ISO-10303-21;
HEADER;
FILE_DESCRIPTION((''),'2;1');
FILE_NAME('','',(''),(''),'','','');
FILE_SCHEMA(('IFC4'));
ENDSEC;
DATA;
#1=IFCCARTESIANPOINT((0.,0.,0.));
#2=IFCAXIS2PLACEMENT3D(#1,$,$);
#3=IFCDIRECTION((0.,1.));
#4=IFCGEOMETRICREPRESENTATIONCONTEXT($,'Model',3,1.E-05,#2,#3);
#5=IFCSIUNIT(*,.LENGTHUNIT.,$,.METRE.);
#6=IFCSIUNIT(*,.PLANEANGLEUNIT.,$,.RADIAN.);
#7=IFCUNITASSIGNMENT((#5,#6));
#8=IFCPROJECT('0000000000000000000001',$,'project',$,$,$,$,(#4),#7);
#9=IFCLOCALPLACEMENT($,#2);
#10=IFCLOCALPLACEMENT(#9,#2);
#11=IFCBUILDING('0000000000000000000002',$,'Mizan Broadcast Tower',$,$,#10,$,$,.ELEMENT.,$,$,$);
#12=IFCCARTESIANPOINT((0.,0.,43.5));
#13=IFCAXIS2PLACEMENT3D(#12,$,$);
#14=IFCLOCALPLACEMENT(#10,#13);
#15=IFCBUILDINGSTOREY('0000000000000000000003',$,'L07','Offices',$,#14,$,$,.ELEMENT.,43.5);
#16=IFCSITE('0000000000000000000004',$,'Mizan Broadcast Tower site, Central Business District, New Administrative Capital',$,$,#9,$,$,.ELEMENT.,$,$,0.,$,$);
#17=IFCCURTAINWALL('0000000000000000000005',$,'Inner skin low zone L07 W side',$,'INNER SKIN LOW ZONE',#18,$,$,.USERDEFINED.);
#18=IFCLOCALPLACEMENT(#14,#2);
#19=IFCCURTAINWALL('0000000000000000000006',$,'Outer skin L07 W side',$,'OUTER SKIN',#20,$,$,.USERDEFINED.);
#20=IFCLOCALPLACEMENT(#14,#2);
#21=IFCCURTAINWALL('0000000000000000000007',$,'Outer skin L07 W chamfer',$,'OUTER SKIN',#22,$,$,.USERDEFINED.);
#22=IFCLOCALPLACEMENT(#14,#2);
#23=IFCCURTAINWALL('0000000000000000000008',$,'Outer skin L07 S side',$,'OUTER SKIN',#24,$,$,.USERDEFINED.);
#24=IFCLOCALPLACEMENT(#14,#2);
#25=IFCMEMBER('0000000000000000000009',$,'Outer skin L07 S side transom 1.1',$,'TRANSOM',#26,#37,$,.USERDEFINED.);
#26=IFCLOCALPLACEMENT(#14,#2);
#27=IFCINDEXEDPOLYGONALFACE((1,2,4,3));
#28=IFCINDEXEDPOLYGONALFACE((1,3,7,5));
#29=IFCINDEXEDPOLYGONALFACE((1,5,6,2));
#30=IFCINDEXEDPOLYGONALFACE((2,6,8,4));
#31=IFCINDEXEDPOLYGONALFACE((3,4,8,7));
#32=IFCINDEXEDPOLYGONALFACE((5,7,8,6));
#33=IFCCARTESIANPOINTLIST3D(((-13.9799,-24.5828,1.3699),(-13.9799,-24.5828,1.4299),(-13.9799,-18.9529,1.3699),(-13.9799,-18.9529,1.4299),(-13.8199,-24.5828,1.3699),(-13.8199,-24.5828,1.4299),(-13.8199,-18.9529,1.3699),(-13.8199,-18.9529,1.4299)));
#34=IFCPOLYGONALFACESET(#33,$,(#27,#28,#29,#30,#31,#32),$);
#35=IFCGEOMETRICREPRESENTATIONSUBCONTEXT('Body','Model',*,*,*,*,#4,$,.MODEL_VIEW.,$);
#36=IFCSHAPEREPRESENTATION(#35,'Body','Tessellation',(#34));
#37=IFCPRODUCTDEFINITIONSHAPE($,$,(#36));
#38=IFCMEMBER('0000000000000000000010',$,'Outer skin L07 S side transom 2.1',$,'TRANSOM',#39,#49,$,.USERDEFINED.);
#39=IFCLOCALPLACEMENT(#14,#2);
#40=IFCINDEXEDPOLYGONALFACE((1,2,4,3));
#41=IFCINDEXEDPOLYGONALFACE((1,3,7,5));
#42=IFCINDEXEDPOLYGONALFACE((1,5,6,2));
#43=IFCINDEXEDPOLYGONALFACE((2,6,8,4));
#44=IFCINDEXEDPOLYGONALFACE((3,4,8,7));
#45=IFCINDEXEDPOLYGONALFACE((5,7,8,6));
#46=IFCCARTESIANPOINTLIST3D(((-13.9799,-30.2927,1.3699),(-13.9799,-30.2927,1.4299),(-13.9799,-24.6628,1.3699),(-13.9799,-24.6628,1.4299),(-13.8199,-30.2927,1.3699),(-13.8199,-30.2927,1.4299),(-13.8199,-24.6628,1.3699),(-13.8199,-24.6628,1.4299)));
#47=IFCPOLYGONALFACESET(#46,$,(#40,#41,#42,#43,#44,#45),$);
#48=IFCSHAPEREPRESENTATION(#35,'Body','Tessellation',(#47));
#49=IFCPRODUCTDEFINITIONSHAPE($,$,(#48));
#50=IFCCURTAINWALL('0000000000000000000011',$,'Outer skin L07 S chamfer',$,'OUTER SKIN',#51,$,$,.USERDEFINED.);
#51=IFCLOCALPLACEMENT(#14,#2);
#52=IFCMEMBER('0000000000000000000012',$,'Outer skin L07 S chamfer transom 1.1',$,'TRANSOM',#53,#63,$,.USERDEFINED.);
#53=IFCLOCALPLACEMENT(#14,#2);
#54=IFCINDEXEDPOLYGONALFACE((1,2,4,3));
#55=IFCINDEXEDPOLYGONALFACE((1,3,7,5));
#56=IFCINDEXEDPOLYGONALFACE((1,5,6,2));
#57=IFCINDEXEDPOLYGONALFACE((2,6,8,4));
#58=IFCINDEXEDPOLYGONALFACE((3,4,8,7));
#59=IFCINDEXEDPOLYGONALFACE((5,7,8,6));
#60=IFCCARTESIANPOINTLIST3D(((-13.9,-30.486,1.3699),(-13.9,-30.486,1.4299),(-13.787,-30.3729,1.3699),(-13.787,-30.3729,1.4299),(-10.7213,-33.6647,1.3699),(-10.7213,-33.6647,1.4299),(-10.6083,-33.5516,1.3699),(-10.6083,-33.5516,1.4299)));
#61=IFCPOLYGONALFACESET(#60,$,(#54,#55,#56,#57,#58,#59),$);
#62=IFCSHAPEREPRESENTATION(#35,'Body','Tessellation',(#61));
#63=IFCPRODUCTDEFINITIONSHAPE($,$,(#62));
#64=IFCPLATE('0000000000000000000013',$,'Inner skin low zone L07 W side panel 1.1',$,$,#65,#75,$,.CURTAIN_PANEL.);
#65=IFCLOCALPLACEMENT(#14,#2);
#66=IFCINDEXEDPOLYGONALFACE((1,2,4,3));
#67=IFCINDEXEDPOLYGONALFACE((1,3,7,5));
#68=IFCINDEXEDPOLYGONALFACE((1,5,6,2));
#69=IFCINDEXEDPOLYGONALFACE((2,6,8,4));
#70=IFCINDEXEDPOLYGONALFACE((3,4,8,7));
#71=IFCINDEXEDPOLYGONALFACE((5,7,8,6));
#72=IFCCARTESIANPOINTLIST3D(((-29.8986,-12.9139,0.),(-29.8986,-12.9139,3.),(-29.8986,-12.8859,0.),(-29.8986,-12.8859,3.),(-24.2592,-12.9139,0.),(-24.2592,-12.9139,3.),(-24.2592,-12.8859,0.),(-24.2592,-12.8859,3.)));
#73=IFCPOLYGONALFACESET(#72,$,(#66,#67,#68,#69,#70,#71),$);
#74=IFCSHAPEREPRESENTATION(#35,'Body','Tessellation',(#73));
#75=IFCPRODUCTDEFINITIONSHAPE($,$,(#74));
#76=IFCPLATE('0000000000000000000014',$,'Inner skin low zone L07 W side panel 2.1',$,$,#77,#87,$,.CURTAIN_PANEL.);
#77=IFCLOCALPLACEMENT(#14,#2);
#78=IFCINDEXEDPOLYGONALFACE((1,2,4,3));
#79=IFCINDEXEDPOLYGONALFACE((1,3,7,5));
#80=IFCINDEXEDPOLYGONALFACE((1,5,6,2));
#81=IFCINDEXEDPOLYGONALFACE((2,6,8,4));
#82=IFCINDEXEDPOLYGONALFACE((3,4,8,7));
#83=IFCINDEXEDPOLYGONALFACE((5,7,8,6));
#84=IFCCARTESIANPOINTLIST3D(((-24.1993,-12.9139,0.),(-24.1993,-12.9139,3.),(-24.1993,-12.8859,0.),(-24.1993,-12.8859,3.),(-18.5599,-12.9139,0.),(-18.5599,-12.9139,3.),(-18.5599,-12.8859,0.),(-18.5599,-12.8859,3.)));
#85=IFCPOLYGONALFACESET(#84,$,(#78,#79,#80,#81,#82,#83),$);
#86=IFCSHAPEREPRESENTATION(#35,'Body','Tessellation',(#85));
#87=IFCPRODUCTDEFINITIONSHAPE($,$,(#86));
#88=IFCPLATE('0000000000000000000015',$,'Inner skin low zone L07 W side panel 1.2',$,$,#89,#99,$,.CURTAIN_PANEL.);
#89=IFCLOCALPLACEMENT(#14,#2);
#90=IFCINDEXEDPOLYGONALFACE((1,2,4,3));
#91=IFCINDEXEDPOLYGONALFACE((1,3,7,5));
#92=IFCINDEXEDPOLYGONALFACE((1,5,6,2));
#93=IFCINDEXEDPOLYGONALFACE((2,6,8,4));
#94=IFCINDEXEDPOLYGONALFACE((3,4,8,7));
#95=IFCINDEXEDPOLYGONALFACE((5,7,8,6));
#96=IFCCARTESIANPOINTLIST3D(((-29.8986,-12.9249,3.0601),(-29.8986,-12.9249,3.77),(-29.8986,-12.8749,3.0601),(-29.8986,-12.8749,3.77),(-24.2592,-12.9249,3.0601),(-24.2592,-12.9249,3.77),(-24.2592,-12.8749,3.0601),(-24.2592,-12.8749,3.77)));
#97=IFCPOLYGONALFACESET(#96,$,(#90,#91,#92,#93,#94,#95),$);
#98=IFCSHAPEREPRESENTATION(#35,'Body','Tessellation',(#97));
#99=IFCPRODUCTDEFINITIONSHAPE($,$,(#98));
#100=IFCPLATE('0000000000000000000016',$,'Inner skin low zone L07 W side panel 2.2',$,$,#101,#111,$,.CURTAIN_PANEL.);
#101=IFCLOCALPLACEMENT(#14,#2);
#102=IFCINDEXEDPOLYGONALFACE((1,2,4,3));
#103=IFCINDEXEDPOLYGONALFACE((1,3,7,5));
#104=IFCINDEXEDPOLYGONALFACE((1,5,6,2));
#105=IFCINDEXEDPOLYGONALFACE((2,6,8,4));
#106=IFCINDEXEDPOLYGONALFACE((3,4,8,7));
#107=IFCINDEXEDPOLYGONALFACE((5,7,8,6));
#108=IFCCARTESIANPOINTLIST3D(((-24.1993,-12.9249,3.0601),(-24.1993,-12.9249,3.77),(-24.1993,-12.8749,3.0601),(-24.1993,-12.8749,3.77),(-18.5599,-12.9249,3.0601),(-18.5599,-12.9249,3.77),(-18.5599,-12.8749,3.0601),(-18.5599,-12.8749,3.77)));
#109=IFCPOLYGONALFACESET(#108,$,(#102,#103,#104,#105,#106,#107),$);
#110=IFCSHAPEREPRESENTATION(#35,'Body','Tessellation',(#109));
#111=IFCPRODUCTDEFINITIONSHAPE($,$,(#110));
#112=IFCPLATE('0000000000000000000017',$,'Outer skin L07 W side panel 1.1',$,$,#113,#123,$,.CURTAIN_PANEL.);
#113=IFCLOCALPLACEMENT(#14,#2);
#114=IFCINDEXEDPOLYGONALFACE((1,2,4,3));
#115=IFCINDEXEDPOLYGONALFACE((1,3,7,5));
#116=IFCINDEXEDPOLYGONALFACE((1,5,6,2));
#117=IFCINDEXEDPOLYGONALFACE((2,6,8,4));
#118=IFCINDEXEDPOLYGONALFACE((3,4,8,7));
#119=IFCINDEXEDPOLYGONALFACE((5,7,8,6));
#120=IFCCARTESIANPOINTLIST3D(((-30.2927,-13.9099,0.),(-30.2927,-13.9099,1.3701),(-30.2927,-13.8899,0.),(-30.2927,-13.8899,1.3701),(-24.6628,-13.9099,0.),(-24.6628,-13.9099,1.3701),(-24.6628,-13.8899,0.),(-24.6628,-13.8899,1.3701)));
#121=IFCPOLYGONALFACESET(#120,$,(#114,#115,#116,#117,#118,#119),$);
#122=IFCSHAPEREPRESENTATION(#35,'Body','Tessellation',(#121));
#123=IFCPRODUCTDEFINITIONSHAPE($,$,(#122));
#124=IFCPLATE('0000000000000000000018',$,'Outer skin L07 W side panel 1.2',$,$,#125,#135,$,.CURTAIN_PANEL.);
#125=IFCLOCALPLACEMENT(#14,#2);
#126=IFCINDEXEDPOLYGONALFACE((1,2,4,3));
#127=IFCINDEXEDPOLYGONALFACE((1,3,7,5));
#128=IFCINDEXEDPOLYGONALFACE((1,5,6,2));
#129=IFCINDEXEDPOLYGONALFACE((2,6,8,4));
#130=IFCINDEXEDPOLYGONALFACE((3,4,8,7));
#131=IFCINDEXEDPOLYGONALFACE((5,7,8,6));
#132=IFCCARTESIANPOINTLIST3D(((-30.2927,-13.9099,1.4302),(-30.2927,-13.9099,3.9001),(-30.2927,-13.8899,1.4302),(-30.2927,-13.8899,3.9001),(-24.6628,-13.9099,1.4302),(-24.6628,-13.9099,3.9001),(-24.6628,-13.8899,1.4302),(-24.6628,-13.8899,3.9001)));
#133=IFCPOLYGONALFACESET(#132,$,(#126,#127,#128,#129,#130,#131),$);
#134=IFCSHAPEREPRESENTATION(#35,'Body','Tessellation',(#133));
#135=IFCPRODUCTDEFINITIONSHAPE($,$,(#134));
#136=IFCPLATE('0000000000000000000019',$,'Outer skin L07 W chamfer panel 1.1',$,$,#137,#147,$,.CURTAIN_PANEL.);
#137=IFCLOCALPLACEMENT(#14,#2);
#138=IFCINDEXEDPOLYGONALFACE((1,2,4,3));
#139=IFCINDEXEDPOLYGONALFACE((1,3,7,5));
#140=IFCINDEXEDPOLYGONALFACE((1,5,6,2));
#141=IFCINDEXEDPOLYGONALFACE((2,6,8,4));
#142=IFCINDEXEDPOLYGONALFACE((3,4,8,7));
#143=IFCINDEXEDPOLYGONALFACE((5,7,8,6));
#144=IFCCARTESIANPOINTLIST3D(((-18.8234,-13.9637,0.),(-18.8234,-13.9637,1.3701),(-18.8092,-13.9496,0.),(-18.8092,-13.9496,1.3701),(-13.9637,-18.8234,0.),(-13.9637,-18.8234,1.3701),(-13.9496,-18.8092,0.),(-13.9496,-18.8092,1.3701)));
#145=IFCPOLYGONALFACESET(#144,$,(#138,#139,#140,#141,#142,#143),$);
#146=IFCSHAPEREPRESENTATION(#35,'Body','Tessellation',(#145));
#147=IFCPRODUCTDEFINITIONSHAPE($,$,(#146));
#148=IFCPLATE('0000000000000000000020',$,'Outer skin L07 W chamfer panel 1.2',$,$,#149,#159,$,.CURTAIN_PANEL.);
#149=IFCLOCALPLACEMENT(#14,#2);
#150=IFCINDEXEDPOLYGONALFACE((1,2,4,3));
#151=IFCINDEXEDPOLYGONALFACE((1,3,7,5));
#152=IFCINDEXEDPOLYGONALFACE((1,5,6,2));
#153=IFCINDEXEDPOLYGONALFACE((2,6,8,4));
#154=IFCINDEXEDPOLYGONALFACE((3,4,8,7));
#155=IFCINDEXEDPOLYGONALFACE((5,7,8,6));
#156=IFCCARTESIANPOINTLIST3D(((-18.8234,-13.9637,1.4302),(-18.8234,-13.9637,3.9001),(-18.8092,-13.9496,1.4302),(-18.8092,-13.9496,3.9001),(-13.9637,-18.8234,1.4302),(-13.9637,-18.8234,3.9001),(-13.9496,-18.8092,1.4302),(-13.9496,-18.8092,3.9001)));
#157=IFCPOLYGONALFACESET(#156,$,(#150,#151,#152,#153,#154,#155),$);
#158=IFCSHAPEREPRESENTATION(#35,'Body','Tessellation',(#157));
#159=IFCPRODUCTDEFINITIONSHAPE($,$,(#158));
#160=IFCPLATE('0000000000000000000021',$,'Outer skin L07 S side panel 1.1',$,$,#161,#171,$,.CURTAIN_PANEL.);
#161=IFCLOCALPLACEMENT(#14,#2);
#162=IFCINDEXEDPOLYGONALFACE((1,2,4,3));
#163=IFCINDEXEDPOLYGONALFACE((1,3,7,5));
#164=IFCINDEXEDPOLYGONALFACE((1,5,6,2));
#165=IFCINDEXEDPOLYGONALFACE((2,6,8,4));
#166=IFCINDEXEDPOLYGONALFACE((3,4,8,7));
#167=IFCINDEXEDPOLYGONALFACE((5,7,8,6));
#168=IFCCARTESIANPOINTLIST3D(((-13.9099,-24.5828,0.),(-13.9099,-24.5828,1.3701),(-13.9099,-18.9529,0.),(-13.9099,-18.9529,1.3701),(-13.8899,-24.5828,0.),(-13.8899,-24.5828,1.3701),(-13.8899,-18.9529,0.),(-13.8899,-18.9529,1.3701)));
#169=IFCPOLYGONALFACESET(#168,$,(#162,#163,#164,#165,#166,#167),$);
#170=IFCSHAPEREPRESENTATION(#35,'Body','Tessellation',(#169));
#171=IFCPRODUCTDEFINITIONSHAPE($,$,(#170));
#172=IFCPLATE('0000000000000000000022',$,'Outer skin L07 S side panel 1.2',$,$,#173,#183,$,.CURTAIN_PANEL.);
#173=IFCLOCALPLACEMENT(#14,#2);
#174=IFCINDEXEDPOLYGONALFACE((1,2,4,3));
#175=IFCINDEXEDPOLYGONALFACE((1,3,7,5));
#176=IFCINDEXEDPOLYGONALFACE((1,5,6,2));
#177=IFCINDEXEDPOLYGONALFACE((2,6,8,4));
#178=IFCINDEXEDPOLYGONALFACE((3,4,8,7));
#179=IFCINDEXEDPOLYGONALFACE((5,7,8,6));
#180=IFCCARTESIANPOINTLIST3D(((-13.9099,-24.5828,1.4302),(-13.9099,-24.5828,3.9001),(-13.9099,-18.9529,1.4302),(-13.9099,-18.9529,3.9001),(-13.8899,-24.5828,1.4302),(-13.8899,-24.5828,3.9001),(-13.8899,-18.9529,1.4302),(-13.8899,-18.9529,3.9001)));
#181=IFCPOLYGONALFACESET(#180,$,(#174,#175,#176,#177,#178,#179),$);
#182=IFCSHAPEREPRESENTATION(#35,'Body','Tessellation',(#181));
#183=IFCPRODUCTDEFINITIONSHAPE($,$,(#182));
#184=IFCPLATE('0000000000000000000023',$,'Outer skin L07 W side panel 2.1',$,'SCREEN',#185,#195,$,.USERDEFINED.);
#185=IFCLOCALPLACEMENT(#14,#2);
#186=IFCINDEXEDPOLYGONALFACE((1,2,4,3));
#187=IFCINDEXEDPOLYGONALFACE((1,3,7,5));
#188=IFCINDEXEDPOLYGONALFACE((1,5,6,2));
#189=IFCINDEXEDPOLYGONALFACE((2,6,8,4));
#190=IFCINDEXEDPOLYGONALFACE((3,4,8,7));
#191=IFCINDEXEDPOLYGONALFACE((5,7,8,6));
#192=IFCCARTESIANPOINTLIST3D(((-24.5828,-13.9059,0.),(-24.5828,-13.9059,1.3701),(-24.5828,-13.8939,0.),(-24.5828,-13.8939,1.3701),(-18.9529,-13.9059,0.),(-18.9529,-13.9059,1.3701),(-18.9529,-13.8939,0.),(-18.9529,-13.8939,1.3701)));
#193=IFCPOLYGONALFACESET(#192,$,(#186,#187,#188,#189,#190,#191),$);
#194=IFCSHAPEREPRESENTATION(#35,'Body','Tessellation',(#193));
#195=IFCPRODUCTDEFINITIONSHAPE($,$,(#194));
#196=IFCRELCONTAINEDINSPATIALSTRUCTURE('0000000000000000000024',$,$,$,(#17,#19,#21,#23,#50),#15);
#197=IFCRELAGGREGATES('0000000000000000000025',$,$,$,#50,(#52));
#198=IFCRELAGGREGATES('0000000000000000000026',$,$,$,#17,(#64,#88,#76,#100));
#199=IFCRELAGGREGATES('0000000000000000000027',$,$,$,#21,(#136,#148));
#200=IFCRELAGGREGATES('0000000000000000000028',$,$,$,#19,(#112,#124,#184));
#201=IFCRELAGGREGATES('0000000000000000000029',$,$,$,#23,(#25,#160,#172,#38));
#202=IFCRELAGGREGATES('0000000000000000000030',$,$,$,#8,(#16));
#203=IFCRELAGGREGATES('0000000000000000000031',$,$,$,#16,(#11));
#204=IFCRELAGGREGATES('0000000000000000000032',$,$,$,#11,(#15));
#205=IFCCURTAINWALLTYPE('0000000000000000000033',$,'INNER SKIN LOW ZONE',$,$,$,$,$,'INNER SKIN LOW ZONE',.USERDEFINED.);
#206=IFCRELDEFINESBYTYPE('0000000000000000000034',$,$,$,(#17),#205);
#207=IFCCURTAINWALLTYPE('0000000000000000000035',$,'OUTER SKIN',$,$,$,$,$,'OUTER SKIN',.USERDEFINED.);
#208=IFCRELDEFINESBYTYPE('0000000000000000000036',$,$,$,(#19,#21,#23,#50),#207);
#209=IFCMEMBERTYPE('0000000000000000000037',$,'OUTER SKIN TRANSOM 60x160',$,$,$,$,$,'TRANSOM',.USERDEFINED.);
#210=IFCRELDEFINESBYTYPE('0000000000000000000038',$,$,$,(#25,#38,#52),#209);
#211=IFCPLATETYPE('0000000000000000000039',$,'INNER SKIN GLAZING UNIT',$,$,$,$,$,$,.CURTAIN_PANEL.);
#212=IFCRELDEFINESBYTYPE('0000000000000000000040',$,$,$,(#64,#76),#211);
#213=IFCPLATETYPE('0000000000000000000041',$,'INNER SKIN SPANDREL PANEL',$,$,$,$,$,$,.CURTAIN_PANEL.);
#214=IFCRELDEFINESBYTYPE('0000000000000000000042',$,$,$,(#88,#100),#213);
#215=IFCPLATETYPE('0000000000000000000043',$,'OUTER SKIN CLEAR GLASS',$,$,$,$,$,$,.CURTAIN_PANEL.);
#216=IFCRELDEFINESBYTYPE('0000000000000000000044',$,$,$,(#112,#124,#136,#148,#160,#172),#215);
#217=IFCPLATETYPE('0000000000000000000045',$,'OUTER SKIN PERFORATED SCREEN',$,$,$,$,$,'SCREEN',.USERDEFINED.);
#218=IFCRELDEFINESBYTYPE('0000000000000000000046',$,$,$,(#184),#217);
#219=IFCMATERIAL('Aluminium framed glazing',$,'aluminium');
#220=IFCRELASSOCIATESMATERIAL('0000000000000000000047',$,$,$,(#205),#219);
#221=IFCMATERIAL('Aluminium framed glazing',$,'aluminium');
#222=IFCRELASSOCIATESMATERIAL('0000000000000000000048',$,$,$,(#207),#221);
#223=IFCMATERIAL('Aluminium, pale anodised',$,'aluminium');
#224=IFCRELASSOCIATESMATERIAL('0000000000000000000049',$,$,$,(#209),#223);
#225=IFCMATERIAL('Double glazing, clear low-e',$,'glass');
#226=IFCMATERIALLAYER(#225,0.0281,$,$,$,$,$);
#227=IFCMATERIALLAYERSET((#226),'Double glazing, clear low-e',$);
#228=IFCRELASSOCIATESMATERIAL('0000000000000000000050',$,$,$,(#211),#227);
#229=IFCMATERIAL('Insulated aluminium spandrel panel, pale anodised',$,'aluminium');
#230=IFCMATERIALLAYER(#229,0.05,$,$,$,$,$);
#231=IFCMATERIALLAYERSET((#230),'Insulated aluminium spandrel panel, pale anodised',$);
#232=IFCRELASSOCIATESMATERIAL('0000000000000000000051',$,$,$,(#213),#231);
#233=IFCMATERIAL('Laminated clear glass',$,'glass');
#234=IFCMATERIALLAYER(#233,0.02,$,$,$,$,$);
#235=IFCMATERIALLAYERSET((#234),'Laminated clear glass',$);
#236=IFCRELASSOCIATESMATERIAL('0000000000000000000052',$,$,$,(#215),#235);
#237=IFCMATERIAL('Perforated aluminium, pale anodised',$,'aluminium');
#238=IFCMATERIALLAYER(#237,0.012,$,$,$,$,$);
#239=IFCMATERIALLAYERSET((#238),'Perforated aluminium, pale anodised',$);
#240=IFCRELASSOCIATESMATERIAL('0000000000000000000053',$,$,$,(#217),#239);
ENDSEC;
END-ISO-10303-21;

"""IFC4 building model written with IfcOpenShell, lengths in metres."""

from ifc_helpers import new_model, si_unit, direction, frame, origin, origin_2d, place, context, subcontext, project, spatial, rectangle, extrude, material, layer, layer_set, material_profile, profile_set, type_object, element, aggregate, save


model = new_model("IFC4")

# Units and contexts
model_context = context("Model", 3, precision=1e-05, world=origin(), true_north=direction((0.0, 1.0)))
body_context = subcontext(model_context, "Body", "Model", "MODEL_VIEW")
ifc_project = project(units=[si_unit("LENGTHUNIT", "METRE"), si_unit("PLANEANGLEUNIT", "RADIAN")], contexts=[model_context])

# Site, building, storey
site_placement = place(None, origin())
site = spatial("IfcSite", under=ifc_project, at=site_placement, Name="Mizan Broadcast Tower site, Central Business District, New Administrative Capital", CompositionType="ELEMENT", RefElevation=0.0)
building_placement = place(site_placement, origin())
building = spatial("IfcBuilding", under=site, at=building_placement, Name="Mizan Broadcast Tower", CompositionType="ELEMENT")
storey_placement = place(building_placement, frame((0.0, 0.0, 43.5)))
storey = spatial("IfcBuildingStorey", under=building, at=storey_placement, Name="L07", Description="Offices", CompositionType="ELEMENT", Elevation=43.5)

# Shared definitions
ifc_material_1 = material(Name="Aluminium framed glazing", Category="aluminium")
curtain_wall_type_1 = type_object("IfcCurtainWallType", Name="INNER SKIN LOW ZONE", ElementType="INNER SKIN LOW ZONE", PredefinedType="USERDEFINED", material=ifc_material_1)

# Curtain wall
curtain_wall_1_placement = place(storey_placement, origin())
curtain_wall_1 = element("IfcCurtainWall", 1, at=curtain_wall_1_placement, inside=storey, type_object=curtain_wall_type_1, Name="Inner skin low zone L07 W side", ObjectType="INNER SKIN LOW ZONE", PredefinedType="USERDEFINED")

# Shared definitions
ifc_material_2 = material(Name="Aluminium framed glazing", Category="aluminium")
curtain_wall_type_2 = type_object("IfcCurtainWallType", Name="OUTER SKIN", ElementType="OUTER SKIN", PredefinedType="USERDEFINED", material=ifc_material_2)

# Curtain wall
curtain_wall_2_placement = place(storey_placement, origin())
curtain_wall_2 = element("IfcCurtainWall", 2, at=curtain_wall_2_placement, inside=storey, type_object=curtain_wall_type_2, Name="Outer skin L07 W side", ObjectType="OUTER SKIN", PredefinedType="USERDEFINED")

# Curtain wall
curtain_wall_3_placement = place(storey_placement, origin())
curtain_wall_3 = element("IfcCurtainWall", 3, at=curtain_wall_3_placement, inside=storey, type_object=curtain_wall_type_2, Name="Outer skin L07 W chamfer", ObjectType="OUTER SKIN", PredefinedType="USERDEFINED")

# Curtain wall
curtain_wall_4_placement = place(storey_placement, origin())
curtain_wall_4 = element("IfcCurtainWall", 4, at=curtain_wall_4_placement, inside=storey, type_object=curtain_wall_type_2, Name="Outer skin L07 S side", ObjectType="OUTER SKIN", PredefinedType="USERDEFINED")

# Members
ifc_material_3 = material(Name="Aluminium, pale anodised", Category="aluminium")
ifc_material_profile_1 = material_profile(ifc_material_3, rectangle(XDim=0.1599, YDim=0.0601, at=origin_2d()), Name="TRANSOM 160x60")
ifc_profile_set_1 = profile_set([ifc_material_profile_1], Name="Aluminium, pale anodised")
member_type_1 = type_object("IfcMemberType", Name="OUTER SKIN TRANSOM 60x160", ElementType="TRANSOM", PredefinedType="USERDEFINED", material=ifc_profile_set_1)
member_1_placement = place(storey_placement, frame((-13.8999, -18.9529, 1.3999), z_axis=(0.0, -1.0, 0.0), x_axis=(1.0, 0.0, 0.0)))
member_1 = element("IfcMember", 5, at=member_1_placement, type_object=member_type_1, Name="Outer skin L07 S side transom 1.1", ObjectType="TRANSOM", PredefinedType="USERDEFINED", context=body_context, shape_type="SweptSolid", body=[
    extrude(rectangle(XDim=0.1599, YDim=0.0601, at=origin_2d()), origin(), (0.0, 0.0, 1.0), 5.6299),
])
member_2_placement = place(storey_placement, frame((-13.8999, -24.6628, 1.3999), z_axis=(0.0, -1.0, 0.0), x_axis=(1.0, 0.0, 0.0)))
member_2 = element("IfcMember", 6, at=member_2_placement, type_object=member_type_1, Name="Outer skin L07 S side transom 2.1", ObjectType="TRANSOM", PredefinedType="USERDEFINED", context=body_context, shape_type="SweptSolid", body=[
    extrude(rectangle(XDim=0.1599, YDim=0.0601, at=origin_2d()), origin(), (0.0, 0.0, 1.0), 5.6299),
])

# Curtain wall, member
curtain_wall_5_placement = place(storey_placement, origin())
curtain_wall_5 = element("IfcCurtainWall", 7, at=curtain_wall_5_placement, inside=storey, type_object=curtain_wall_type_2, Name="Outer skin L07 S chamfer", ObjectType="OUTER SKIN", PredefinedType="USERDEFINED")
member_3_placement = place(storey_placement, frame((-13.8435, -30.4294, 1.3999), z_axis=(0.707107, -0.707107, 0.0), x_axis=(0.707107, 0.707107, 0.0)))
member_3 = element("IfcMember", 8, at=member_3_placement, type_object=member_type_1, Name="Outer skin L07 S chamfer transom 1.1", ObjectType="TRANSOM", PredefinedType="USERDEFINED", context=body_context, shape_type="SweptSolid", body=[
    extrude(rectangle(XDim=0.1599, YDim=0.0601, at=origin_2d()), origin(), (0.0, 0.0, 1.0), 4.4954),
])
aggregate(curtain_wall_5, [member_3])

# Plates
ifc_material_4 = material(Name="Double glazing, clear low-e", Category="glass")
ifc_layer_1 = layer(ifc_material_4, 0.0281)
ifc_layer_set_1 = layer_set([ifc_layer_1], Name="Double glazing, clear low-e")
plate_type_1 = type_object("IfcPlateType", Name="INNER SKIN GLAZING UNIT", PredefinedType="CURTAIN_PANEL", material=ifc_layer_set_1)
plate_1_placement = place(storey_placement, frame((-27.0789, -12.8999, 0.0), z_axis=(0.0, 0.0, 1.0), x_axis=(1.0, 0.0, 0.0)))
plate_1 = element("IfcPlate", 9, at=plate_1_placement, type_object=plate_type_1, Name="Inner skin low zone L07 W side panel 1.1", PredefinedType="CURTAIN_PANEL", context=body_context, shape_type="SweptSolid", body=[
    extrude(rectangle(XDim=5.6394, YDim=0.0281, at=origin_2d()), origin(), (0.0, 0.0, 1.0), 3.0),
])
plate_2_placement = place(storey_placement, frame((-21.3796, -12.8999, 0.0), z_axis=(0.0, 0.0, 1.0), x_axis=(1.0, 0.0, 0.0)))
plate_2 = element("IfcPlate", 10, at=plate_2_placement, type_object=plate_type_1, Name="Inner skin low zone L07 W side panel 2.1", PredefinedType="CURTAIN_PANEL", context=body_context, shape_type="SweptSolid", body=[
    extrude(rectangle(XDim=5.6394, YDim=0.0281, at=origin_2d()), origin(), (0.0, 0.0, 1.0), 3.0),
])
ifc_material_5 = material(Name="Insulated aluminium spandrel panel, pale anodised", Category="aluminium")
ifc_layer_2 = layer(ifc_material_5, 0.05)
ifc_layer_set_2 = layer_set([ifc_layer_2], Name="Insulated aluminium spandrel panel, pale anodised")
plate_type_2 = type_object("IfcPlateType", Name="INNER SKIN SPANDREL PANEL", PredefinedType="CURTAIN_PANEL", material=ifc_layer_set_2)
plate_3_placement = place(storey_placement, frame((-27.0789, -12.8999, 3.0601), z_axis=(0.0, 0.0, 1.0), x_axis=(1.0, 0.0, 0.0)))
plate_3 = element("IfcPlate", 11, at=plate_3_placement, type_object=plate_type_2, Name="Inner skin low zone L07 W side panel 1.2", PredefinedType="CURTAIN_PANEL", context=body_context, shape_type="SweptSolid", body=[
    extrude(rectangle(XDim=5.6394, YDim=0.05, at=origin_2d()), origin(), (0.0, 0.0, 1.0), 0.71),
])
plate_4_placement = place(storey_placement, frame((-21.3796, -12.8999, 3.0601), z_axis=(0.0, 0.0, 1.0), x_axis=(1.0, 0.0, 0.0)))
plate_4 = element("IfcPlate", 12, at=plate_4_placement, type_object=plate_type_2, Name="Inner skin low zone L07 W side panel 2.2", PredefinedType="CURTAIN_PANEL", context=body_context, shape_type="SweptSolid", body=[
    extrude(rectangle(XDim=5.6394, YDim=0.05, at=origin_2d()), origin(), (0.0, 0.0, 1.0), 0.71),
])
aggregate(curtain_wall_1, [plate_1, plate_3, plate_2, plate_4])
ifc_material_6 = material(Name="Laminated clear glass", Category="glass")
ifc_layer_3 = layer(ifc_material_6, 0.02)
ifc_layer_set_3 = layer_set([ifc_layer_3], Name="Laminated clear glass")
plate_type_3 = type_object("IfcPlateType", Name="OUTER SKIN CLEAR GLASS", PredefinedType="CURTAIN_PANEL", material=ifc_layer_set_3)
plate_5_placement = place(storey_placement, frame((-27.4778, -13.8999, 0.0), z_axis=(0.0, 0.0, 1.0), x_axis=(1.0, 0.0, 0.0)))
plate_5 = element("IfcPlate", 13, at=plate_5_placement, type_object=plate_type_3, Name="Outer skin L07 W side panel 1.1", PredefinedType="CURTAIN_PANEL", context=body_context, shape_type="SweptSolid", body=[
    extrude(rectangle(XDim=5.6299, YDim=0.02, at=origin_2d()), origin(), (0.0, 0.0, 1.0), 1.3701),
])
plate_6_placement = place(storey_placement, frame((-27.4778, -13.8999, 1.4302), z_axis=(0.0, 0.0, 1.0), x_axis=(1.0, 0.0, 0.0)))
plate_6 = element("IfcPlate", 14, at=plate_6_placement, type_object=plate_type_3, Name="Outer skin L07 W side panel 1.2", PredefinedType="CURTAIN_PANEL", context=body_context, shape_type="SweptSolid", body=[
    extrude(rectangle(XDim=5.6299, YDim=0.02, at=origin_2d()), origin(), (0.0, 0.0, 1.0), 2.47),
])
plate_7_placement = place(storey_placement, frame((-16.3865, -16.3865, 0.0), z_axis=(0.0, 0.0, 1.0), x_axis=(0.707107, -0.707107, 0.0)))
plate_7 = element("IfcPlate", 15, at=plate_7_placement, type_object=plate_type_3, Name="Outer skin L07 W chamfer panel 1.1", PredefinedType="CURTAIN_PANEL", context=body_context, shape_type="SweptSolid", body=[
    extrude(rectangle(XDim=6.8726, YDim=0.02, at=origin_2d()), origin(), (0.0, 0.0, 1.0), 1.3701),
])
plate_8_placement = place(storey_placement, frame((-16.3865, -16.3865, 1.4302), z_axis=(0.0, 0.0, 1.0), x_axis=(0.707107, -0.707107, 0.0)))
plate_8 = element("IfcPlate", 16, at=plate_8_placement, type_object=plate_type_3, Name="Outer skin L07 W chamfer panel 1.2", PredefinedType="CURTAIN_PANEL", context=body_context, shape_type="SweptSolid", body=[
    extrude(rectangle(XDim=6.8726, YDim=0.02, at=origin_2d()), origin(), (0.0, 0.0, 1.0), 2.47),
])
aggregate(curtain_wall_3, [plate_7, plate_8])
plate_9_placement = place(storey_placement, frame((-13.8999, -21.7678, 0.0), z_axis=(0.0, 0.0, 1.0), x_axis=(0.0, -1.0, 0.0)))
plate_9 = element("IfcPlate", 17, at=plate_9_placement, type_object=plate_type_3, Name="Outer skin L07 S side panel 1.1", PredefinedType="CURTAIN_PANEL", context=body_context, shape_type="SweptSolid", body=[
    extrude(rectangle(XDim=5.6299, YDim=0.02, at=origin_2d()), origin(), (0.0, 0.0, 1.0), 1.3701),
])
plate_10_placement = place(storey_placement, frame((-13.8999, -21.7678, 1.4302), z_axis=(0.0, 0.0, 1.0), x_axis=(0.0, -1.0, 0.0)))
plate_10 = element("IfcPlate", 18, at=plate_10_placement, type_object=plate_type_3, Name="Outer skin L07 S side panel 1.2", PredefinedType="CURTAIN_PANEL", context=body_context, shape_type="SweptSolid", body=[
    extrude(rectangle(XDim=5.6299, YDim=0.02, at=origin_2d()), origin(), (0.0, 0.0, 1.0), 2.47),
])
ifc_material_7 = material(Name="Perforated aluminium, pale anodised", Category="aluminium")
ifc_layer_4 = layer(ifc_material_7, 0.012)
ifc_layer_set_4 = layer_set([ifc_layer_4], Name="Perforated aluminium, pale anodised")
plate_type_4 = type_object("IfcPlateType", Name="OUTER SKIN PERFORATED SCREEN", ElementType="SCREEN", PredefinedType="USERDEFINED", material=ifc_layer_set_4)
plate_11_placement = place(storey_placement, frame((-21.7678, -13.8999, 0.0), z_axis=(0.0, 0.0, 1.0), x_axis=(1.0, 0.0, 0.0)))
plate_11 = element("IfcPlate", 19, at=plate_11_placement, type_object=plate_type_4, Name="Outer skin L07 W side panel 2.1", ObjectType="SCREEN", PredefinedType="USERDEFINED", context=body_context, shape_type="SweptSolid", body=[
    extrude(rectangle(XDim=5.6299, YDim=0.012, at=origin_2d()), origin(), (0.0, 0.0, 1.0), 1.3701),
])
aggregate(curtain_wall_2, [plate_5, plate_6, plate_11])
aggregate(curtain_wall_4, [member_1, plate_9, plate_10, member_2])

save(model, "model.ifc")
